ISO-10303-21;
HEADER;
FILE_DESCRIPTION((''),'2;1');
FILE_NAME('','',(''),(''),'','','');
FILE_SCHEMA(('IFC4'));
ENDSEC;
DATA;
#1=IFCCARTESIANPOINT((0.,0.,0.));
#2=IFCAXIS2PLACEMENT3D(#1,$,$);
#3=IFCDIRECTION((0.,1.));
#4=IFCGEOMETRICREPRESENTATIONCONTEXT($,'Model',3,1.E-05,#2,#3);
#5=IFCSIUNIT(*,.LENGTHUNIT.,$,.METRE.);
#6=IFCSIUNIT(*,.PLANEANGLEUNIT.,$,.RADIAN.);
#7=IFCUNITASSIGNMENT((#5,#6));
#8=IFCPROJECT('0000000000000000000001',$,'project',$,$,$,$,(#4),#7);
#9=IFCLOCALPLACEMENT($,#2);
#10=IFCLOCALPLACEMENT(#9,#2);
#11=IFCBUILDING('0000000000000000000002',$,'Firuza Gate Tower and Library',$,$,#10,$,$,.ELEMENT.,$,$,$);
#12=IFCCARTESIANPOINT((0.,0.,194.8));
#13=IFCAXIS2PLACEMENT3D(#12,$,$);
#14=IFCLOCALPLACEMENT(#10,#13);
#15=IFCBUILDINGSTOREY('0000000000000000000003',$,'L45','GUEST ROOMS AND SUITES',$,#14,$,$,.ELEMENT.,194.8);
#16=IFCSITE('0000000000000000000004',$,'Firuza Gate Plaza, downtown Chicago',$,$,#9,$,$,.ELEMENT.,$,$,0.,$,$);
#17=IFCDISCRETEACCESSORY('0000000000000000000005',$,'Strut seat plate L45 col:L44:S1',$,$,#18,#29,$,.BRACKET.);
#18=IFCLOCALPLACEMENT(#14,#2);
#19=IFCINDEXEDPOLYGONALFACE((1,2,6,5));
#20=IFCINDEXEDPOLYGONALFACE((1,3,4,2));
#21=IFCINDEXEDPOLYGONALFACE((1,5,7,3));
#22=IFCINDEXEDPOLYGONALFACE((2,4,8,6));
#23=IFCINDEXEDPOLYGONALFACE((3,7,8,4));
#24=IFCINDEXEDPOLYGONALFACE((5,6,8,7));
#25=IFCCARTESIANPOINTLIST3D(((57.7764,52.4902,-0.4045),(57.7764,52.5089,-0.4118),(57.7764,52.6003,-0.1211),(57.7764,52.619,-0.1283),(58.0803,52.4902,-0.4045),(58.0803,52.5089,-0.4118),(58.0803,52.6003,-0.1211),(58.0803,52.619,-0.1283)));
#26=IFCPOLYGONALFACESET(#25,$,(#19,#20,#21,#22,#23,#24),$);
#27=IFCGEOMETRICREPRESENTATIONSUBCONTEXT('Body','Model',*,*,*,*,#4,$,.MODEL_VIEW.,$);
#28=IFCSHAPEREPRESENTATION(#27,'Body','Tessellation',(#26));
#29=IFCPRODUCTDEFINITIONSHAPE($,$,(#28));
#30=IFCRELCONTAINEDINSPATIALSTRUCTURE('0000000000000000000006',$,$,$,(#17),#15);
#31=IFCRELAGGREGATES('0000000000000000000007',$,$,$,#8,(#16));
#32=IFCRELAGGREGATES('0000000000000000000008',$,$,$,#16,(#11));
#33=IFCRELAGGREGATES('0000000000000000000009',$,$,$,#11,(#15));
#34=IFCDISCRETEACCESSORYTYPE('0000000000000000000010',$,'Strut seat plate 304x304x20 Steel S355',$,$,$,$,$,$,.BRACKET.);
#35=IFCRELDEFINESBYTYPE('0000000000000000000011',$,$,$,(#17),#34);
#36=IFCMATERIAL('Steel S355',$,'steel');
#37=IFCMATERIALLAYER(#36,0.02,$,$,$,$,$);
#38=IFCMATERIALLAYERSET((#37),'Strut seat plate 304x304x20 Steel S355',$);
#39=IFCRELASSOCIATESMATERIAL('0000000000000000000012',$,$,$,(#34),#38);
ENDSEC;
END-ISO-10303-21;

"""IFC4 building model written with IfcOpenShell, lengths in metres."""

from ifc_helpers import new_model, si_unit, direction, frame, origin, place, context, subcontext, project, spatial, polyline, outline, extrude, material, layer, layer_set, type_object, element, save


model = new_model("IFC4")

# Units and contexts
model_context = context("Model", 3, precision=1e-05, world=origin(), true_north=direction((0.0, 1.0)))
body_context = subcontext(model_context, "Body", "Model", "MODEL_VIEW")
ifc_project = project(units=[si_unit("LENGTHUNIT", "METRE"), si_unit("PLANEANGLEUNIT", "RADIAN")], contexts=[model_context])

# Site, building, storey
site_placement = place(None, origin())
site = spatial("IfcSite", under=ifc_project, at=site_placement, Name="Firuza Gate Plaza, downtown Chicago", CompositionType="ELEMENT", RefElevation=0.0)
building_placement = place(site_placement, origin())
building = spatial("IfcBuilding", under=site, at=building_placement, Name="Firuza Gate Tower and Library", CompositionType="ELEMENT")
storey_placement = place(building_placement, frame((0.0, 0.0, 194.8)))
storey = spatial("IfcBuildingStorey", under=building, at=storey_placement, Name="L45", Description="GUEST ROOMS AND SUITES", CompositionType="ELEMENT", Elevation=194.8)

# Discrete accessory
ifc_material_1 = material(Name="Steel S355", Category="steel")
ifc_layer_1 = layer(ifc_material_1, 0.02)
ifc_layer_set_1 = layer_set([ifc_layer_1], Name="Strut seat plate 304x304x20 Steel S355")
discrete_accessory_type = type_object("IfcDiscreteAccessoryType", Name="Strut seat plate 304x304x20 Steel S355", PredefinedType="BRACKET", material=ifc_layer_set_1)
discrete_accessory_1_placement = place(storey_placement, frame((57.7764, 52.6003, -0.1211), z_axis=(0.0, -0.93214, 0.362098), x_axis=(1.0, 0.0, 0.0)))
element("IfcDiscreteAccessory", 1, at=discrete_accessory_1_placement, inside=storey, type_object=discrete_accessory_type, Name="Strut seat plate L45 col:L44:S1", PredefinedType="BRACKET", context=body_context, shape_type="SweptSolid", body=[
    extrude(outline(polyline([(0.0, 0.0), (0.304, 0.0), (0.304, -0.3041), (0.0, -0.3041), (0.0, 0.0)])), origin(), (0.0, 0.0, -1.0), 0.02),
])

save(model, "model.ifc")
